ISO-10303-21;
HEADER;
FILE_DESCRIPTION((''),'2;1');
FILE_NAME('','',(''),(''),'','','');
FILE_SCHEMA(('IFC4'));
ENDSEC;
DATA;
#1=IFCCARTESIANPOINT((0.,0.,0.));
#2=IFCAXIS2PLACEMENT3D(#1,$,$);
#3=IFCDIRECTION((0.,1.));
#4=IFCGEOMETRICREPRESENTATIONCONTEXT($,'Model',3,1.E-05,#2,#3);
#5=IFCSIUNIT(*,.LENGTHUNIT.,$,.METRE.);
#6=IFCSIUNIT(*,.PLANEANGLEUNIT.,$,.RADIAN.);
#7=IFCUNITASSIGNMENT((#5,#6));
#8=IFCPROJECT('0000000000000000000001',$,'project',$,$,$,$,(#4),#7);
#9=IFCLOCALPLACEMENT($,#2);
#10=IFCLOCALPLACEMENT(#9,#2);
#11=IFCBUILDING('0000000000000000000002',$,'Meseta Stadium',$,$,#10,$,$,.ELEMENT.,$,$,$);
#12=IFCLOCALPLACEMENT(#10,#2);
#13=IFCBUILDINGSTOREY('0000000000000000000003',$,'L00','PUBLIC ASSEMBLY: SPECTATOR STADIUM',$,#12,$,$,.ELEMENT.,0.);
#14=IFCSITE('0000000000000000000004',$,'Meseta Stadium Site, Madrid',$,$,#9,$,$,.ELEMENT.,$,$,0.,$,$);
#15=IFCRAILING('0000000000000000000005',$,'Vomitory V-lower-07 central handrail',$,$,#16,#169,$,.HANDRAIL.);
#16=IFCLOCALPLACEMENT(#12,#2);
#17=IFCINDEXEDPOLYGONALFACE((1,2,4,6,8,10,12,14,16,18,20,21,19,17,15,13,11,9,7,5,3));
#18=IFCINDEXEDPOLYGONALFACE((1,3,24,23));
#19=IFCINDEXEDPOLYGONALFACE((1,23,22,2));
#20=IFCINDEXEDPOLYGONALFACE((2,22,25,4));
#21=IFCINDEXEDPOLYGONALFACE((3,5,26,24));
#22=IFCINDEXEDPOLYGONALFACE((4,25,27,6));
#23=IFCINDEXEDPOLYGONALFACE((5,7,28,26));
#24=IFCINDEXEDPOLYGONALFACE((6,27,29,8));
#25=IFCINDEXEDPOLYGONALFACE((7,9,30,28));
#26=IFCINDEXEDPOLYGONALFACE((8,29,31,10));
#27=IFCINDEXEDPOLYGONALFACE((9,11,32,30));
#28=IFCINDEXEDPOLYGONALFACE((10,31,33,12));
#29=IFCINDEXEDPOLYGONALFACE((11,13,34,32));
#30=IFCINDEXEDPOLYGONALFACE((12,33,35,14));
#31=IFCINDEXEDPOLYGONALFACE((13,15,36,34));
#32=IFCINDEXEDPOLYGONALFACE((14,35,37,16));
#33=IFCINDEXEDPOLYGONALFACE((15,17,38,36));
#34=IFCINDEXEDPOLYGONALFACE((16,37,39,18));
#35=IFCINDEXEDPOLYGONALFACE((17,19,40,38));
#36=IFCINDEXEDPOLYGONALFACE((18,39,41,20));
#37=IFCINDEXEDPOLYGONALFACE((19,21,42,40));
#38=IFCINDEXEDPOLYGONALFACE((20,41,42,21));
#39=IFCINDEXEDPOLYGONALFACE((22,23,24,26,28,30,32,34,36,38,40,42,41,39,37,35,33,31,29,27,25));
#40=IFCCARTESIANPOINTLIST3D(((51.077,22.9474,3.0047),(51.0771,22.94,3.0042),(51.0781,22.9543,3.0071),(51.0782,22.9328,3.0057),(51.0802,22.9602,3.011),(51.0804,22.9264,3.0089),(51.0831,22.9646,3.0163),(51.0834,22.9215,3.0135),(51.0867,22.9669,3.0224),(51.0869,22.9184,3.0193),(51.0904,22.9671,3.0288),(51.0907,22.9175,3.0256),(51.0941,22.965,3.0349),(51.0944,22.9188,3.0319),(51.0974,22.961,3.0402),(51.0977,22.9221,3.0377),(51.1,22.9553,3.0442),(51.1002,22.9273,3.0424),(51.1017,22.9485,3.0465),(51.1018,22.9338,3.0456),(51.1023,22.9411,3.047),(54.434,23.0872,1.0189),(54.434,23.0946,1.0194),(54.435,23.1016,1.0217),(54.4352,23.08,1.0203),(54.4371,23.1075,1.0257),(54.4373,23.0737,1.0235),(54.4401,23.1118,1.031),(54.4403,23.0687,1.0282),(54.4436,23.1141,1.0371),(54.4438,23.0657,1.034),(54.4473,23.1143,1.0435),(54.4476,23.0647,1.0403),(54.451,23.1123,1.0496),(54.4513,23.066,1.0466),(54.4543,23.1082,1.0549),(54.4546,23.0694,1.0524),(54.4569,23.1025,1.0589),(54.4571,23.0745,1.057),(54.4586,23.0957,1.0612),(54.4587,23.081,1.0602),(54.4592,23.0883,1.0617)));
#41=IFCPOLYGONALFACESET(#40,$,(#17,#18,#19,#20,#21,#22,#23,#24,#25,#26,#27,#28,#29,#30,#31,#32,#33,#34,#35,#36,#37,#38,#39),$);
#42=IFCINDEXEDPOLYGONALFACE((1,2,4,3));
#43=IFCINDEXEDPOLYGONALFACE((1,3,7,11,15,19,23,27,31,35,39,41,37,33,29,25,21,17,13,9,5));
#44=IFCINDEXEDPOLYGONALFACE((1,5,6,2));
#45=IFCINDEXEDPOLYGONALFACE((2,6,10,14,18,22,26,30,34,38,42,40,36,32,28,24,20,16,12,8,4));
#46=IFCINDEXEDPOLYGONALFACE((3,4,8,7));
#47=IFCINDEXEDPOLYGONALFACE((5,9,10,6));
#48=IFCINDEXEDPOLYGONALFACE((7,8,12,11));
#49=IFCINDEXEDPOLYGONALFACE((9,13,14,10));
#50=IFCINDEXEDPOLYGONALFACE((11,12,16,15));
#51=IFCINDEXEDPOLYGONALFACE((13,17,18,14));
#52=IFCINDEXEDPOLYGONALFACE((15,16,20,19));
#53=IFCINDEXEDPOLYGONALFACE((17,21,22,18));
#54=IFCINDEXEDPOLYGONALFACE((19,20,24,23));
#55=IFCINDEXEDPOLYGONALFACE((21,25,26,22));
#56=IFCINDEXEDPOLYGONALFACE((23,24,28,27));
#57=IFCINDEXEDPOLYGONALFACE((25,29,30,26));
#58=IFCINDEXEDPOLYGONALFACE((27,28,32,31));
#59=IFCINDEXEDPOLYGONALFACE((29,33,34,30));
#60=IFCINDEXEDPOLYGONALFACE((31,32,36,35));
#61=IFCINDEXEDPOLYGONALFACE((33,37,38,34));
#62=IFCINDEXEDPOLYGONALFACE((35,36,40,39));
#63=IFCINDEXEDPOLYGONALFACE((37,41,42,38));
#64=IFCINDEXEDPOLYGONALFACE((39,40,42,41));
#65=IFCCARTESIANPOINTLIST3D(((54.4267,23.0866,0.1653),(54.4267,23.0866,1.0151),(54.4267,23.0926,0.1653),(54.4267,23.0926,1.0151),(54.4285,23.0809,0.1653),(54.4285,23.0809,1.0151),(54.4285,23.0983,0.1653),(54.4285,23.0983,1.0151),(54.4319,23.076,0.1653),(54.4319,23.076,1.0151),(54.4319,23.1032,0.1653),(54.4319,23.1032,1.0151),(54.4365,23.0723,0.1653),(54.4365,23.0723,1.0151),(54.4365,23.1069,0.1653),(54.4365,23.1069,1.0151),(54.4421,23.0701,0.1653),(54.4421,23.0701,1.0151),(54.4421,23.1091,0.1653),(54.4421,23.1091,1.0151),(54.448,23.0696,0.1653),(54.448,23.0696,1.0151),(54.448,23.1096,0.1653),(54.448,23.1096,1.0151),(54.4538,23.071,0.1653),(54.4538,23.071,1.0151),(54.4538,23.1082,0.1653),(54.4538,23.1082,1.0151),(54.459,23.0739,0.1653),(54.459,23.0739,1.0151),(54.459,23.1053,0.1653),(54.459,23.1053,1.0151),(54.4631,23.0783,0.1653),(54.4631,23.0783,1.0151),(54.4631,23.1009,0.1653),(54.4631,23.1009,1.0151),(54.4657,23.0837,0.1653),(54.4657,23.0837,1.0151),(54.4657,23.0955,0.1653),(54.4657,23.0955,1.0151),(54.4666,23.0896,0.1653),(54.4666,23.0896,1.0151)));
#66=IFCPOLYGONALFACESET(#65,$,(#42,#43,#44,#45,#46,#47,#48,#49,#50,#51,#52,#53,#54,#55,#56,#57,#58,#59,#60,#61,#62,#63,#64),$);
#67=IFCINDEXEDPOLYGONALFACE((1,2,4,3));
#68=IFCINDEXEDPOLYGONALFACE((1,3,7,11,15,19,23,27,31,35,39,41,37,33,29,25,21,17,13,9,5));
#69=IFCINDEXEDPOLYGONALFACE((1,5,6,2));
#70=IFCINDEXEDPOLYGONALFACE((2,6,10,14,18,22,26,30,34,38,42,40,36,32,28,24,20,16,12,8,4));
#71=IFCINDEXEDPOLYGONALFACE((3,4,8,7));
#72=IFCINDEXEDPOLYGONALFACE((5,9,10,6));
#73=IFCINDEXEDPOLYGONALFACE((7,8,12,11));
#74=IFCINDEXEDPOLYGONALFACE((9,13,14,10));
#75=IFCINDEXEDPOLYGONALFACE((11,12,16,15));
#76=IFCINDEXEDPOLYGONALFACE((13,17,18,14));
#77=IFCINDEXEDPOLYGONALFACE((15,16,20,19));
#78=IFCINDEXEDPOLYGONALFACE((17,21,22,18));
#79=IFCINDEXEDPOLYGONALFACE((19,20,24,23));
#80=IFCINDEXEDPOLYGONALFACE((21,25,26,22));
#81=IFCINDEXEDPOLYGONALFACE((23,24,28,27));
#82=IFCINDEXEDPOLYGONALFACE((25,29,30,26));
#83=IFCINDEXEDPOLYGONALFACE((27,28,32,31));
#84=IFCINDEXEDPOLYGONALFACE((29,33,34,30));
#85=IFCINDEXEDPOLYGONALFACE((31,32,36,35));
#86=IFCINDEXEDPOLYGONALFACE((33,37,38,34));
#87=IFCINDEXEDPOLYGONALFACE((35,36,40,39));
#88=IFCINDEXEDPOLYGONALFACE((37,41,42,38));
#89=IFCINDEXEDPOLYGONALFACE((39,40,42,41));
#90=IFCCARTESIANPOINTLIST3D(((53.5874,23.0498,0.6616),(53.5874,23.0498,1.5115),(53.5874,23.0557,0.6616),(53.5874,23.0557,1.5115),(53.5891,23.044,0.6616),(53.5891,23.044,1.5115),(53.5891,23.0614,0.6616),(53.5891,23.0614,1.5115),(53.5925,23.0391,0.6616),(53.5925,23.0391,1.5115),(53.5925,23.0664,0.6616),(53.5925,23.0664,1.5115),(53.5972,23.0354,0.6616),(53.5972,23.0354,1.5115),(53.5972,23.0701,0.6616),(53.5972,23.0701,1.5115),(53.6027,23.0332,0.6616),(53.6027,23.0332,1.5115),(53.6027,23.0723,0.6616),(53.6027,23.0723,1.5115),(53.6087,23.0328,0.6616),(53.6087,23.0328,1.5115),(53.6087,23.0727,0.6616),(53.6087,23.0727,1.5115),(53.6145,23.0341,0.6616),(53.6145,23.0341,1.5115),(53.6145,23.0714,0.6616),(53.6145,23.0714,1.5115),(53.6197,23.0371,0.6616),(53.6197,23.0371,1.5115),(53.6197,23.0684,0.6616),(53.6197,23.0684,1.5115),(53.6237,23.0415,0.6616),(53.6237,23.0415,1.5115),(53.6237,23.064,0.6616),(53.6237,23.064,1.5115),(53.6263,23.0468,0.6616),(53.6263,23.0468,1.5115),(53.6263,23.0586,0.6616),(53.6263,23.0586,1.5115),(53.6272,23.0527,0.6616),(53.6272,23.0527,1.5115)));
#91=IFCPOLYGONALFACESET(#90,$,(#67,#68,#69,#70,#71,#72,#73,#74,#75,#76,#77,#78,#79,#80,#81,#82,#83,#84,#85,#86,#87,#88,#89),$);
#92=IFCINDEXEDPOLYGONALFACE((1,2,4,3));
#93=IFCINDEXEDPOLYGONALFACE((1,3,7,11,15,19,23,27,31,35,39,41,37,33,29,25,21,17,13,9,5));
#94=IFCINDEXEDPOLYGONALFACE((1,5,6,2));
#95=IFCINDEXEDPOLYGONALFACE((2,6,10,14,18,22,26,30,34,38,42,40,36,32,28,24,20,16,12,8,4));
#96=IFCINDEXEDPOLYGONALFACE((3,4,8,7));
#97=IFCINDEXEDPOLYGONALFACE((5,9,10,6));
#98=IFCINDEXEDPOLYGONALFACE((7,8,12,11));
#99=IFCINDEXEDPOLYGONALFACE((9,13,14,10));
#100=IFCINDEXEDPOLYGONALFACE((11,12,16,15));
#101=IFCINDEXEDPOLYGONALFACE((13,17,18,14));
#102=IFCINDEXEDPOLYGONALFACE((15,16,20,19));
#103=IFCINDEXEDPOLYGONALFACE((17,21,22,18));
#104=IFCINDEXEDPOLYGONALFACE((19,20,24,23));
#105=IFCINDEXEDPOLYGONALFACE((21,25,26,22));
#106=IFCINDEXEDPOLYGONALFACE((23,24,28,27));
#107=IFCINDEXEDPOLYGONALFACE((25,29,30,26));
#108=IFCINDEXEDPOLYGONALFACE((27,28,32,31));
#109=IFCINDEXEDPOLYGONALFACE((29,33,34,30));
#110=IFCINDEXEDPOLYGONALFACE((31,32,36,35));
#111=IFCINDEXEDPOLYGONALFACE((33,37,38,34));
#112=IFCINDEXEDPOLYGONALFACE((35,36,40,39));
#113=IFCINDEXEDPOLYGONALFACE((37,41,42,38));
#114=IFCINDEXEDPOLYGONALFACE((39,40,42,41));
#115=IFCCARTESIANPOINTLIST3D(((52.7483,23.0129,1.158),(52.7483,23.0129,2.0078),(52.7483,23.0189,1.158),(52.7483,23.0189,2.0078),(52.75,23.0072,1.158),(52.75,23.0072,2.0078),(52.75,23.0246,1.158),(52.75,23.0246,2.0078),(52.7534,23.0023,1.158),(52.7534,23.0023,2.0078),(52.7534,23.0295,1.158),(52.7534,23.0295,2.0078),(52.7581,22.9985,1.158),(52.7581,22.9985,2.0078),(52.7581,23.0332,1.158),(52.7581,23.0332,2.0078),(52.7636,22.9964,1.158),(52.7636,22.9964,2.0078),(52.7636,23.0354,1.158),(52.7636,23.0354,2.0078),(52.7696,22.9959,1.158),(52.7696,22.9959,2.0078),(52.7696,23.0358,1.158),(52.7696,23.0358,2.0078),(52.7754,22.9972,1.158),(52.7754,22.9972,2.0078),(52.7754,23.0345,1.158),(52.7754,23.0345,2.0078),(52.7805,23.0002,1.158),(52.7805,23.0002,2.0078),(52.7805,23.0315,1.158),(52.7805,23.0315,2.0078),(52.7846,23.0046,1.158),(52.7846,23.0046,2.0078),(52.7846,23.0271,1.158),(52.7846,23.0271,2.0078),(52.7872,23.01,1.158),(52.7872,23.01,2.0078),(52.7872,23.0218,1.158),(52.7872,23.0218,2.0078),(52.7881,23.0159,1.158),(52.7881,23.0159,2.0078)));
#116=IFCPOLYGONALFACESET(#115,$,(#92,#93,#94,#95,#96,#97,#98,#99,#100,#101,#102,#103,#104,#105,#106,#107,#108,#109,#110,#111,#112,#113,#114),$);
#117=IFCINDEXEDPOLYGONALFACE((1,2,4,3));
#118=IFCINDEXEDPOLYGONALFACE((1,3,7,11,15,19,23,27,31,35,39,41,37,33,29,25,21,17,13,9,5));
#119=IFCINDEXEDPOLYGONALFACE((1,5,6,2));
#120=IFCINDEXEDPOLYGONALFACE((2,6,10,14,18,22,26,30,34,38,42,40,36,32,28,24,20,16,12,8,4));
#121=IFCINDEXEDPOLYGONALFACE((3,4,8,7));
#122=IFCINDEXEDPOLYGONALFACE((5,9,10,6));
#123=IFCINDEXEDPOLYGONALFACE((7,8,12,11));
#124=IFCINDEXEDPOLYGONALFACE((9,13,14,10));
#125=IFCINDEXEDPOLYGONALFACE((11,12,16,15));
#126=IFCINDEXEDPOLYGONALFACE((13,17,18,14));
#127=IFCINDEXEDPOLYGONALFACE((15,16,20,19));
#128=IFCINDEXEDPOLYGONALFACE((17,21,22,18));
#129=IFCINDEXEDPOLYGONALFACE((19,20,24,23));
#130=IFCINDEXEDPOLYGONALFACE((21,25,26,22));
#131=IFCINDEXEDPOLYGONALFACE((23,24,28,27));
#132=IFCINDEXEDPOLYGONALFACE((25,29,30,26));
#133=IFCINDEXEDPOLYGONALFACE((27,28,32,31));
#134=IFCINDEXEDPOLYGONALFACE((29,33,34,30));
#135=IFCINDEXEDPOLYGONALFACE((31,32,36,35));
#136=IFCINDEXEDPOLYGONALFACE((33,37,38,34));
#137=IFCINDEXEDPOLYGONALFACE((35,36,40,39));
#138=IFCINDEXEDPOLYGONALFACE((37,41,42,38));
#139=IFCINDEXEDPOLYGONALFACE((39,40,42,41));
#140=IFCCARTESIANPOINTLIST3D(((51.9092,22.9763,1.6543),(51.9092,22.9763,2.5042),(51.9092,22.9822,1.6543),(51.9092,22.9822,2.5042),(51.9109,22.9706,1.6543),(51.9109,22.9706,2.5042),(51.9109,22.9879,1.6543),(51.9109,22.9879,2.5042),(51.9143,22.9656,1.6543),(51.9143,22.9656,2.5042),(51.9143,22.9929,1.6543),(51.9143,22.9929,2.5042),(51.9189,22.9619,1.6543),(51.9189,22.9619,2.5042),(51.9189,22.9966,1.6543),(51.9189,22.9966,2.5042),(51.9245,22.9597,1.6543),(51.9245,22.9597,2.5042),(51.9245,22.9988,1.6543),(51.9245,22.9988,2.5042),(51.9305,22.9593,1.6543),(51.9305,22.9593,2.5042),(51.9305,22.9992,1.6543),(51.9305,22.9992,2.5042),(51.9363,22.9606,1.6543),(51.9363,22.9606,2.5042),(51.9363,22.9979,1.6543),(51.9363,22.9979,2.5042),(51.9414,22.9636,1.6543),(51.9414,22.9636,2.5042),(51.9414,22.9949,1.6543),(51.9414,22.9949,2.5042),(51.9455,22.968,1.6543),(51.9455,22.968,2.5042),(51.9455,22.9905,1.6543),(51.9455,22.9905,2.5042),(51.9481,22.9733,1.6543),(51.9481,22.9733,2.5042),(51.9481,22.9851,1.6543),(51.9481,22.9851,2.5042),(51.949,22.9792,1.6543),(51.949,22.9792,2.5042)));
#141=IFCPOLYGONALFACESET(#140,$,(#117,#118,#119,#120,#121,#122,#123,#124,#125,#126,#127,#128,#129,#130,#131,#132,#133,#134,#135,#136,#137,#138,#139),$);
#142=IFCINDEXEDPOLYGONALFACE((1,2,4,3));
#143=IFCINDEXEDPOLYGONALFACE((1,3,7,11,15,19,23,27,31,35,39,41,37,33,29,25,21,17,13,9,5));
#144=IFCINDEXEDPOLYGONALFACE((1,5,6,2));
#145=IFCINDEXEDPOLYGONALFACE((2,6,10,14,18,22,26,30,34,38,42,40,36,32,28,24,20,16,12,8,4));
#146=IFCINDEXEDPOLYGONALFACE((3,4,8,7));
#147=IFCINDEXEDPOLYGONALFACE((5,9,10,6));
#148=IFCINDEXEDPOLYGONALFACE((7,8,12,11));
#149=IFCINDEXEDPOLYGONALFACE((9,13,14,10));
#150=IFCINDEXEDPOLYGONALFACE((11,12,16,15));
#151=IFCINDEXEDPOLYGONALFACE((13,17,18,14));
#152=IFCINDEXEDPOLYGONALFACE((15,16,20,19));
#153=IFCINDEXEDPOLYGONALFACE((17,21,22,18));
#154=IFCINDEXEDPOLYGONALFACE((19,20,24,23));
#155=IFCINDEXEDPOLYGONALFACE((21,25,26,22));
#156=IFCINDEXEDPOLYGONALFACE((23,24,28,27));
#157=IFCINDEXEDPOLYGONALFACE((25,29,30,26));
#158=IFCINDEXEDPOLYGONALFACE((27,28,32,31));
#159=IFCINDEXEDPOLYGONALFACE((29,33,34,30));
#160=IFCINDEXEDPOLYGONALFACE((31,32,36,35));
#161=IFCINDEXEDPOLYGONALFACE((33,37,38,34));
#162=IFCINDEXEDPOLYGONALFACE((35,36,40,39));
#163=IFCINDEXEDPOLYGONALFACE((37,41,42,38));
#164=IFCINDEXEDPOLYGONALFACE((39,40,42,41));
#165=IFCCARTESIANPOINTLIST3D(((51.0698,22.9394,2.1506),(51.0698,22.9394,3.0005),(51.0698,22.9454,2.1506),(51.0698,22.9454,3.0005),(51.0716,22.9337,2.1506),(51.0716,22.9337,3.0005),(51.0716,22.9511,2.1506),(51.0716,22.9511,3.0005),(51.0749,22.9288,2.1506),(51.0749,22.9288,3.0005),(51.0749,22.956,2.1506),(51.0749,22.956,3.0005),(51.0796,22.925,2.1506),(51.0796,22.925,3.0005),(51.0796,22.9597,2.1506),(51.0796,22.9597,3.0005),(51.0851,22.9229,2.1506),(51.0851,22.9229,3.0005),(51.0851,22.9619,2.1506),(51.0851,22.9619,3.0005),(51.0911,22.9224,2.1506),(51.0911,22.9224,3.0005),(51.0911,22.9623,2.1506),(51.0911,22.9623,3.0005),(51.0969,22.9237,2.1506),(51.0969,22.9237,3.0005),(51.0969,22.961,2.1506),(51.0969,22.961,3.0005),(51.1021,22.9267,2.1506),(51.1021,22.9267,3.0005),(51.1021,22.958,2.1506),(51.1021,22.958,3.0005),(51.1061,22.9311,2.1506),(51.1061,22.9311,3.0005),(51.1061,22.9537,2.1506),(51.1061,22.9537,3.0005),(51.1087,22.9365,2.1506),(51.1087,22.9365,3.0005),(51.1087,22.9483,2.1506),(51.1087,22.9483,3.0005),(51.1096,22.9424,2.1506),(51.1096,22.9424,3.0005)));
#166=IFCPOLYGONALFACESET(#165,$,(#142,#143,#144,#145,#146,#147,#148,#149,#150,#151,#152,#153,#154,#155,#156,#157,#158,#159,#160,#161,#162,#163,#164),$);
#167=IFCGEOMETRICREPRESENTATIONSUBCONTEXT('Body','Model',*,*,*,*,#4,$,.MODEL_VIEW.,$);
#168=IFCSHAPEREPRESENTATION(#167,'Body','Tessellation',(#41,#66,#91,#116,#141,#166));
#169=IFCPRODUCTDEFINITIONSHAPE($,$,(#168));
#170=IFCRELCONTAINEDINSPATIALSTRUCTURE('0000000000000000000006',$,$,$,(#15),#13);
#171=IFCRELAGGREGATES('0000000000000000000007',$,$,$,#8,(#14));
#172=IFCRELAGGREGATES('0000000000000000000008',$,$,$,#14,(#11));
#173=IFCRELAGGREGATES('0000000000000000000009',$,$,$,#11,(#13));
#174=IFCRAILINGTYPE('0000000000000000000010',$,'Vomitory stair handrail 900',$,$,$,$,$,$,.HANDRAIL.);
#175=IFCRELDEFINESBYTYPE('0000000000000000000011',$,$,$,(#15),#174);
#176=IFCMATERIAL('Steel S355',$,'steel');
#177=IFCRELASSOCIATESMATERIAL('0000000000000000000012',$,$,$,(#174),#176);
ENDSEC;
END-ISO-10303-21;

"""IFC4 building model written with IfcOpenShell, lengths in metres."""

from ifc_helpers import new_model, si_unit, direction, frame, origin, origin_2d, place, context, subcontext, project, spatial, circle, extrude, material, type_object, element, save


model = new_model("IFC4")

# Units and contexts
model_context = context("Model", 3, precision=1e-05, world=origin(), true_north=direction((0.0, 1.0)))
body_context = subcontext(model_context, "Body", "Model", "MODEL_VIEW")
ifc_project = project(units=[si_unit("LENGTHUNIT", "METRE"), si_unit("PLANEANGLEUNIT", "RADIAN")], contexts=[model_context])

# Site, building, storey
site_placement = place(None, origin())
site = spatial("IfcSite", under=ifc_project, at=site_placement, Name="Meseta Stadium Site, Madrid", CompositionType="ELEMENT", RefElevation=0.0)
building_placement = place(site_placement, origin())
building = spatial("IfcBuilding", under=site, at=building_placement, Name="Meseta Stadium", CompositionType="ELEMENT")
storey_placement = place(building_placement, origin())
storey = spatial("IfcBuildingStorey", under=building, at=storey_placement, Name="L00", Description="PUBLIC ASSEMBLY: SPECTATOR STADIUM", CompositionType="ELEMENT", Elevation=0.0)

# Railing
ifc_material_1 = material(Name="Steel S355", Category="steel")
railing_type_1 = type_object("IfcRailingType", Name="Vomitory stair handrail 900", PredefinedType="HANDRAIL", material=ifc_material_1)
railing_1_placement = place(storey_placement, frame((54.4465, 23.0896, 0.1653)))
element("IfcRailing", 1, at=railing_1_placement, inside=storey, type_object=railing_type_1, Name="Vomitory V-lower-07 central handrail", PredefinedType="HANDRAIL", context=body_context, shape_type="SweptSolid", body=[
    extrude(circle(Radius=0.0249, at=origin_2d()), frame((0.0, 0.0, 0.875), z_axis=(-0.860122, -0.03772, 0.508692), x_axis=(0.043812, -0.99904, 0.0)), (0.0, 0.0, 1.0), 3.9028),
    extrude(circle(Radius=0.02, at=origin_2d()), origin(), (0.0, 0.0, 1.0), 0.8499),
    extrude(circle(Radius=0.02, at=origin_2d()), frame((-0.8394, -0.0369, 0.4963)), (0.0, 0.0, 1.0), 0.8499),
    extrude(circle(Radius=0.02, at=origin_2d()), frame((-1.6785, -0.0737, 0.9927)), (0.0, 0.0, 1.0), 0.8499),
    extrude(circle(Radius=0.02, at=origin_2d()), frame((-2.5176, -0.1104, 1.489)), (0.0, 0.0, 1.0), 0.8499),
    extrude(circle(Radius=0.02, at=origin_2d()), frame((-3.3569, -0.1472, 1.9854)), (0.0, 0.0, 1.0), 0.8499),
])

save(model, "model.ifc")
